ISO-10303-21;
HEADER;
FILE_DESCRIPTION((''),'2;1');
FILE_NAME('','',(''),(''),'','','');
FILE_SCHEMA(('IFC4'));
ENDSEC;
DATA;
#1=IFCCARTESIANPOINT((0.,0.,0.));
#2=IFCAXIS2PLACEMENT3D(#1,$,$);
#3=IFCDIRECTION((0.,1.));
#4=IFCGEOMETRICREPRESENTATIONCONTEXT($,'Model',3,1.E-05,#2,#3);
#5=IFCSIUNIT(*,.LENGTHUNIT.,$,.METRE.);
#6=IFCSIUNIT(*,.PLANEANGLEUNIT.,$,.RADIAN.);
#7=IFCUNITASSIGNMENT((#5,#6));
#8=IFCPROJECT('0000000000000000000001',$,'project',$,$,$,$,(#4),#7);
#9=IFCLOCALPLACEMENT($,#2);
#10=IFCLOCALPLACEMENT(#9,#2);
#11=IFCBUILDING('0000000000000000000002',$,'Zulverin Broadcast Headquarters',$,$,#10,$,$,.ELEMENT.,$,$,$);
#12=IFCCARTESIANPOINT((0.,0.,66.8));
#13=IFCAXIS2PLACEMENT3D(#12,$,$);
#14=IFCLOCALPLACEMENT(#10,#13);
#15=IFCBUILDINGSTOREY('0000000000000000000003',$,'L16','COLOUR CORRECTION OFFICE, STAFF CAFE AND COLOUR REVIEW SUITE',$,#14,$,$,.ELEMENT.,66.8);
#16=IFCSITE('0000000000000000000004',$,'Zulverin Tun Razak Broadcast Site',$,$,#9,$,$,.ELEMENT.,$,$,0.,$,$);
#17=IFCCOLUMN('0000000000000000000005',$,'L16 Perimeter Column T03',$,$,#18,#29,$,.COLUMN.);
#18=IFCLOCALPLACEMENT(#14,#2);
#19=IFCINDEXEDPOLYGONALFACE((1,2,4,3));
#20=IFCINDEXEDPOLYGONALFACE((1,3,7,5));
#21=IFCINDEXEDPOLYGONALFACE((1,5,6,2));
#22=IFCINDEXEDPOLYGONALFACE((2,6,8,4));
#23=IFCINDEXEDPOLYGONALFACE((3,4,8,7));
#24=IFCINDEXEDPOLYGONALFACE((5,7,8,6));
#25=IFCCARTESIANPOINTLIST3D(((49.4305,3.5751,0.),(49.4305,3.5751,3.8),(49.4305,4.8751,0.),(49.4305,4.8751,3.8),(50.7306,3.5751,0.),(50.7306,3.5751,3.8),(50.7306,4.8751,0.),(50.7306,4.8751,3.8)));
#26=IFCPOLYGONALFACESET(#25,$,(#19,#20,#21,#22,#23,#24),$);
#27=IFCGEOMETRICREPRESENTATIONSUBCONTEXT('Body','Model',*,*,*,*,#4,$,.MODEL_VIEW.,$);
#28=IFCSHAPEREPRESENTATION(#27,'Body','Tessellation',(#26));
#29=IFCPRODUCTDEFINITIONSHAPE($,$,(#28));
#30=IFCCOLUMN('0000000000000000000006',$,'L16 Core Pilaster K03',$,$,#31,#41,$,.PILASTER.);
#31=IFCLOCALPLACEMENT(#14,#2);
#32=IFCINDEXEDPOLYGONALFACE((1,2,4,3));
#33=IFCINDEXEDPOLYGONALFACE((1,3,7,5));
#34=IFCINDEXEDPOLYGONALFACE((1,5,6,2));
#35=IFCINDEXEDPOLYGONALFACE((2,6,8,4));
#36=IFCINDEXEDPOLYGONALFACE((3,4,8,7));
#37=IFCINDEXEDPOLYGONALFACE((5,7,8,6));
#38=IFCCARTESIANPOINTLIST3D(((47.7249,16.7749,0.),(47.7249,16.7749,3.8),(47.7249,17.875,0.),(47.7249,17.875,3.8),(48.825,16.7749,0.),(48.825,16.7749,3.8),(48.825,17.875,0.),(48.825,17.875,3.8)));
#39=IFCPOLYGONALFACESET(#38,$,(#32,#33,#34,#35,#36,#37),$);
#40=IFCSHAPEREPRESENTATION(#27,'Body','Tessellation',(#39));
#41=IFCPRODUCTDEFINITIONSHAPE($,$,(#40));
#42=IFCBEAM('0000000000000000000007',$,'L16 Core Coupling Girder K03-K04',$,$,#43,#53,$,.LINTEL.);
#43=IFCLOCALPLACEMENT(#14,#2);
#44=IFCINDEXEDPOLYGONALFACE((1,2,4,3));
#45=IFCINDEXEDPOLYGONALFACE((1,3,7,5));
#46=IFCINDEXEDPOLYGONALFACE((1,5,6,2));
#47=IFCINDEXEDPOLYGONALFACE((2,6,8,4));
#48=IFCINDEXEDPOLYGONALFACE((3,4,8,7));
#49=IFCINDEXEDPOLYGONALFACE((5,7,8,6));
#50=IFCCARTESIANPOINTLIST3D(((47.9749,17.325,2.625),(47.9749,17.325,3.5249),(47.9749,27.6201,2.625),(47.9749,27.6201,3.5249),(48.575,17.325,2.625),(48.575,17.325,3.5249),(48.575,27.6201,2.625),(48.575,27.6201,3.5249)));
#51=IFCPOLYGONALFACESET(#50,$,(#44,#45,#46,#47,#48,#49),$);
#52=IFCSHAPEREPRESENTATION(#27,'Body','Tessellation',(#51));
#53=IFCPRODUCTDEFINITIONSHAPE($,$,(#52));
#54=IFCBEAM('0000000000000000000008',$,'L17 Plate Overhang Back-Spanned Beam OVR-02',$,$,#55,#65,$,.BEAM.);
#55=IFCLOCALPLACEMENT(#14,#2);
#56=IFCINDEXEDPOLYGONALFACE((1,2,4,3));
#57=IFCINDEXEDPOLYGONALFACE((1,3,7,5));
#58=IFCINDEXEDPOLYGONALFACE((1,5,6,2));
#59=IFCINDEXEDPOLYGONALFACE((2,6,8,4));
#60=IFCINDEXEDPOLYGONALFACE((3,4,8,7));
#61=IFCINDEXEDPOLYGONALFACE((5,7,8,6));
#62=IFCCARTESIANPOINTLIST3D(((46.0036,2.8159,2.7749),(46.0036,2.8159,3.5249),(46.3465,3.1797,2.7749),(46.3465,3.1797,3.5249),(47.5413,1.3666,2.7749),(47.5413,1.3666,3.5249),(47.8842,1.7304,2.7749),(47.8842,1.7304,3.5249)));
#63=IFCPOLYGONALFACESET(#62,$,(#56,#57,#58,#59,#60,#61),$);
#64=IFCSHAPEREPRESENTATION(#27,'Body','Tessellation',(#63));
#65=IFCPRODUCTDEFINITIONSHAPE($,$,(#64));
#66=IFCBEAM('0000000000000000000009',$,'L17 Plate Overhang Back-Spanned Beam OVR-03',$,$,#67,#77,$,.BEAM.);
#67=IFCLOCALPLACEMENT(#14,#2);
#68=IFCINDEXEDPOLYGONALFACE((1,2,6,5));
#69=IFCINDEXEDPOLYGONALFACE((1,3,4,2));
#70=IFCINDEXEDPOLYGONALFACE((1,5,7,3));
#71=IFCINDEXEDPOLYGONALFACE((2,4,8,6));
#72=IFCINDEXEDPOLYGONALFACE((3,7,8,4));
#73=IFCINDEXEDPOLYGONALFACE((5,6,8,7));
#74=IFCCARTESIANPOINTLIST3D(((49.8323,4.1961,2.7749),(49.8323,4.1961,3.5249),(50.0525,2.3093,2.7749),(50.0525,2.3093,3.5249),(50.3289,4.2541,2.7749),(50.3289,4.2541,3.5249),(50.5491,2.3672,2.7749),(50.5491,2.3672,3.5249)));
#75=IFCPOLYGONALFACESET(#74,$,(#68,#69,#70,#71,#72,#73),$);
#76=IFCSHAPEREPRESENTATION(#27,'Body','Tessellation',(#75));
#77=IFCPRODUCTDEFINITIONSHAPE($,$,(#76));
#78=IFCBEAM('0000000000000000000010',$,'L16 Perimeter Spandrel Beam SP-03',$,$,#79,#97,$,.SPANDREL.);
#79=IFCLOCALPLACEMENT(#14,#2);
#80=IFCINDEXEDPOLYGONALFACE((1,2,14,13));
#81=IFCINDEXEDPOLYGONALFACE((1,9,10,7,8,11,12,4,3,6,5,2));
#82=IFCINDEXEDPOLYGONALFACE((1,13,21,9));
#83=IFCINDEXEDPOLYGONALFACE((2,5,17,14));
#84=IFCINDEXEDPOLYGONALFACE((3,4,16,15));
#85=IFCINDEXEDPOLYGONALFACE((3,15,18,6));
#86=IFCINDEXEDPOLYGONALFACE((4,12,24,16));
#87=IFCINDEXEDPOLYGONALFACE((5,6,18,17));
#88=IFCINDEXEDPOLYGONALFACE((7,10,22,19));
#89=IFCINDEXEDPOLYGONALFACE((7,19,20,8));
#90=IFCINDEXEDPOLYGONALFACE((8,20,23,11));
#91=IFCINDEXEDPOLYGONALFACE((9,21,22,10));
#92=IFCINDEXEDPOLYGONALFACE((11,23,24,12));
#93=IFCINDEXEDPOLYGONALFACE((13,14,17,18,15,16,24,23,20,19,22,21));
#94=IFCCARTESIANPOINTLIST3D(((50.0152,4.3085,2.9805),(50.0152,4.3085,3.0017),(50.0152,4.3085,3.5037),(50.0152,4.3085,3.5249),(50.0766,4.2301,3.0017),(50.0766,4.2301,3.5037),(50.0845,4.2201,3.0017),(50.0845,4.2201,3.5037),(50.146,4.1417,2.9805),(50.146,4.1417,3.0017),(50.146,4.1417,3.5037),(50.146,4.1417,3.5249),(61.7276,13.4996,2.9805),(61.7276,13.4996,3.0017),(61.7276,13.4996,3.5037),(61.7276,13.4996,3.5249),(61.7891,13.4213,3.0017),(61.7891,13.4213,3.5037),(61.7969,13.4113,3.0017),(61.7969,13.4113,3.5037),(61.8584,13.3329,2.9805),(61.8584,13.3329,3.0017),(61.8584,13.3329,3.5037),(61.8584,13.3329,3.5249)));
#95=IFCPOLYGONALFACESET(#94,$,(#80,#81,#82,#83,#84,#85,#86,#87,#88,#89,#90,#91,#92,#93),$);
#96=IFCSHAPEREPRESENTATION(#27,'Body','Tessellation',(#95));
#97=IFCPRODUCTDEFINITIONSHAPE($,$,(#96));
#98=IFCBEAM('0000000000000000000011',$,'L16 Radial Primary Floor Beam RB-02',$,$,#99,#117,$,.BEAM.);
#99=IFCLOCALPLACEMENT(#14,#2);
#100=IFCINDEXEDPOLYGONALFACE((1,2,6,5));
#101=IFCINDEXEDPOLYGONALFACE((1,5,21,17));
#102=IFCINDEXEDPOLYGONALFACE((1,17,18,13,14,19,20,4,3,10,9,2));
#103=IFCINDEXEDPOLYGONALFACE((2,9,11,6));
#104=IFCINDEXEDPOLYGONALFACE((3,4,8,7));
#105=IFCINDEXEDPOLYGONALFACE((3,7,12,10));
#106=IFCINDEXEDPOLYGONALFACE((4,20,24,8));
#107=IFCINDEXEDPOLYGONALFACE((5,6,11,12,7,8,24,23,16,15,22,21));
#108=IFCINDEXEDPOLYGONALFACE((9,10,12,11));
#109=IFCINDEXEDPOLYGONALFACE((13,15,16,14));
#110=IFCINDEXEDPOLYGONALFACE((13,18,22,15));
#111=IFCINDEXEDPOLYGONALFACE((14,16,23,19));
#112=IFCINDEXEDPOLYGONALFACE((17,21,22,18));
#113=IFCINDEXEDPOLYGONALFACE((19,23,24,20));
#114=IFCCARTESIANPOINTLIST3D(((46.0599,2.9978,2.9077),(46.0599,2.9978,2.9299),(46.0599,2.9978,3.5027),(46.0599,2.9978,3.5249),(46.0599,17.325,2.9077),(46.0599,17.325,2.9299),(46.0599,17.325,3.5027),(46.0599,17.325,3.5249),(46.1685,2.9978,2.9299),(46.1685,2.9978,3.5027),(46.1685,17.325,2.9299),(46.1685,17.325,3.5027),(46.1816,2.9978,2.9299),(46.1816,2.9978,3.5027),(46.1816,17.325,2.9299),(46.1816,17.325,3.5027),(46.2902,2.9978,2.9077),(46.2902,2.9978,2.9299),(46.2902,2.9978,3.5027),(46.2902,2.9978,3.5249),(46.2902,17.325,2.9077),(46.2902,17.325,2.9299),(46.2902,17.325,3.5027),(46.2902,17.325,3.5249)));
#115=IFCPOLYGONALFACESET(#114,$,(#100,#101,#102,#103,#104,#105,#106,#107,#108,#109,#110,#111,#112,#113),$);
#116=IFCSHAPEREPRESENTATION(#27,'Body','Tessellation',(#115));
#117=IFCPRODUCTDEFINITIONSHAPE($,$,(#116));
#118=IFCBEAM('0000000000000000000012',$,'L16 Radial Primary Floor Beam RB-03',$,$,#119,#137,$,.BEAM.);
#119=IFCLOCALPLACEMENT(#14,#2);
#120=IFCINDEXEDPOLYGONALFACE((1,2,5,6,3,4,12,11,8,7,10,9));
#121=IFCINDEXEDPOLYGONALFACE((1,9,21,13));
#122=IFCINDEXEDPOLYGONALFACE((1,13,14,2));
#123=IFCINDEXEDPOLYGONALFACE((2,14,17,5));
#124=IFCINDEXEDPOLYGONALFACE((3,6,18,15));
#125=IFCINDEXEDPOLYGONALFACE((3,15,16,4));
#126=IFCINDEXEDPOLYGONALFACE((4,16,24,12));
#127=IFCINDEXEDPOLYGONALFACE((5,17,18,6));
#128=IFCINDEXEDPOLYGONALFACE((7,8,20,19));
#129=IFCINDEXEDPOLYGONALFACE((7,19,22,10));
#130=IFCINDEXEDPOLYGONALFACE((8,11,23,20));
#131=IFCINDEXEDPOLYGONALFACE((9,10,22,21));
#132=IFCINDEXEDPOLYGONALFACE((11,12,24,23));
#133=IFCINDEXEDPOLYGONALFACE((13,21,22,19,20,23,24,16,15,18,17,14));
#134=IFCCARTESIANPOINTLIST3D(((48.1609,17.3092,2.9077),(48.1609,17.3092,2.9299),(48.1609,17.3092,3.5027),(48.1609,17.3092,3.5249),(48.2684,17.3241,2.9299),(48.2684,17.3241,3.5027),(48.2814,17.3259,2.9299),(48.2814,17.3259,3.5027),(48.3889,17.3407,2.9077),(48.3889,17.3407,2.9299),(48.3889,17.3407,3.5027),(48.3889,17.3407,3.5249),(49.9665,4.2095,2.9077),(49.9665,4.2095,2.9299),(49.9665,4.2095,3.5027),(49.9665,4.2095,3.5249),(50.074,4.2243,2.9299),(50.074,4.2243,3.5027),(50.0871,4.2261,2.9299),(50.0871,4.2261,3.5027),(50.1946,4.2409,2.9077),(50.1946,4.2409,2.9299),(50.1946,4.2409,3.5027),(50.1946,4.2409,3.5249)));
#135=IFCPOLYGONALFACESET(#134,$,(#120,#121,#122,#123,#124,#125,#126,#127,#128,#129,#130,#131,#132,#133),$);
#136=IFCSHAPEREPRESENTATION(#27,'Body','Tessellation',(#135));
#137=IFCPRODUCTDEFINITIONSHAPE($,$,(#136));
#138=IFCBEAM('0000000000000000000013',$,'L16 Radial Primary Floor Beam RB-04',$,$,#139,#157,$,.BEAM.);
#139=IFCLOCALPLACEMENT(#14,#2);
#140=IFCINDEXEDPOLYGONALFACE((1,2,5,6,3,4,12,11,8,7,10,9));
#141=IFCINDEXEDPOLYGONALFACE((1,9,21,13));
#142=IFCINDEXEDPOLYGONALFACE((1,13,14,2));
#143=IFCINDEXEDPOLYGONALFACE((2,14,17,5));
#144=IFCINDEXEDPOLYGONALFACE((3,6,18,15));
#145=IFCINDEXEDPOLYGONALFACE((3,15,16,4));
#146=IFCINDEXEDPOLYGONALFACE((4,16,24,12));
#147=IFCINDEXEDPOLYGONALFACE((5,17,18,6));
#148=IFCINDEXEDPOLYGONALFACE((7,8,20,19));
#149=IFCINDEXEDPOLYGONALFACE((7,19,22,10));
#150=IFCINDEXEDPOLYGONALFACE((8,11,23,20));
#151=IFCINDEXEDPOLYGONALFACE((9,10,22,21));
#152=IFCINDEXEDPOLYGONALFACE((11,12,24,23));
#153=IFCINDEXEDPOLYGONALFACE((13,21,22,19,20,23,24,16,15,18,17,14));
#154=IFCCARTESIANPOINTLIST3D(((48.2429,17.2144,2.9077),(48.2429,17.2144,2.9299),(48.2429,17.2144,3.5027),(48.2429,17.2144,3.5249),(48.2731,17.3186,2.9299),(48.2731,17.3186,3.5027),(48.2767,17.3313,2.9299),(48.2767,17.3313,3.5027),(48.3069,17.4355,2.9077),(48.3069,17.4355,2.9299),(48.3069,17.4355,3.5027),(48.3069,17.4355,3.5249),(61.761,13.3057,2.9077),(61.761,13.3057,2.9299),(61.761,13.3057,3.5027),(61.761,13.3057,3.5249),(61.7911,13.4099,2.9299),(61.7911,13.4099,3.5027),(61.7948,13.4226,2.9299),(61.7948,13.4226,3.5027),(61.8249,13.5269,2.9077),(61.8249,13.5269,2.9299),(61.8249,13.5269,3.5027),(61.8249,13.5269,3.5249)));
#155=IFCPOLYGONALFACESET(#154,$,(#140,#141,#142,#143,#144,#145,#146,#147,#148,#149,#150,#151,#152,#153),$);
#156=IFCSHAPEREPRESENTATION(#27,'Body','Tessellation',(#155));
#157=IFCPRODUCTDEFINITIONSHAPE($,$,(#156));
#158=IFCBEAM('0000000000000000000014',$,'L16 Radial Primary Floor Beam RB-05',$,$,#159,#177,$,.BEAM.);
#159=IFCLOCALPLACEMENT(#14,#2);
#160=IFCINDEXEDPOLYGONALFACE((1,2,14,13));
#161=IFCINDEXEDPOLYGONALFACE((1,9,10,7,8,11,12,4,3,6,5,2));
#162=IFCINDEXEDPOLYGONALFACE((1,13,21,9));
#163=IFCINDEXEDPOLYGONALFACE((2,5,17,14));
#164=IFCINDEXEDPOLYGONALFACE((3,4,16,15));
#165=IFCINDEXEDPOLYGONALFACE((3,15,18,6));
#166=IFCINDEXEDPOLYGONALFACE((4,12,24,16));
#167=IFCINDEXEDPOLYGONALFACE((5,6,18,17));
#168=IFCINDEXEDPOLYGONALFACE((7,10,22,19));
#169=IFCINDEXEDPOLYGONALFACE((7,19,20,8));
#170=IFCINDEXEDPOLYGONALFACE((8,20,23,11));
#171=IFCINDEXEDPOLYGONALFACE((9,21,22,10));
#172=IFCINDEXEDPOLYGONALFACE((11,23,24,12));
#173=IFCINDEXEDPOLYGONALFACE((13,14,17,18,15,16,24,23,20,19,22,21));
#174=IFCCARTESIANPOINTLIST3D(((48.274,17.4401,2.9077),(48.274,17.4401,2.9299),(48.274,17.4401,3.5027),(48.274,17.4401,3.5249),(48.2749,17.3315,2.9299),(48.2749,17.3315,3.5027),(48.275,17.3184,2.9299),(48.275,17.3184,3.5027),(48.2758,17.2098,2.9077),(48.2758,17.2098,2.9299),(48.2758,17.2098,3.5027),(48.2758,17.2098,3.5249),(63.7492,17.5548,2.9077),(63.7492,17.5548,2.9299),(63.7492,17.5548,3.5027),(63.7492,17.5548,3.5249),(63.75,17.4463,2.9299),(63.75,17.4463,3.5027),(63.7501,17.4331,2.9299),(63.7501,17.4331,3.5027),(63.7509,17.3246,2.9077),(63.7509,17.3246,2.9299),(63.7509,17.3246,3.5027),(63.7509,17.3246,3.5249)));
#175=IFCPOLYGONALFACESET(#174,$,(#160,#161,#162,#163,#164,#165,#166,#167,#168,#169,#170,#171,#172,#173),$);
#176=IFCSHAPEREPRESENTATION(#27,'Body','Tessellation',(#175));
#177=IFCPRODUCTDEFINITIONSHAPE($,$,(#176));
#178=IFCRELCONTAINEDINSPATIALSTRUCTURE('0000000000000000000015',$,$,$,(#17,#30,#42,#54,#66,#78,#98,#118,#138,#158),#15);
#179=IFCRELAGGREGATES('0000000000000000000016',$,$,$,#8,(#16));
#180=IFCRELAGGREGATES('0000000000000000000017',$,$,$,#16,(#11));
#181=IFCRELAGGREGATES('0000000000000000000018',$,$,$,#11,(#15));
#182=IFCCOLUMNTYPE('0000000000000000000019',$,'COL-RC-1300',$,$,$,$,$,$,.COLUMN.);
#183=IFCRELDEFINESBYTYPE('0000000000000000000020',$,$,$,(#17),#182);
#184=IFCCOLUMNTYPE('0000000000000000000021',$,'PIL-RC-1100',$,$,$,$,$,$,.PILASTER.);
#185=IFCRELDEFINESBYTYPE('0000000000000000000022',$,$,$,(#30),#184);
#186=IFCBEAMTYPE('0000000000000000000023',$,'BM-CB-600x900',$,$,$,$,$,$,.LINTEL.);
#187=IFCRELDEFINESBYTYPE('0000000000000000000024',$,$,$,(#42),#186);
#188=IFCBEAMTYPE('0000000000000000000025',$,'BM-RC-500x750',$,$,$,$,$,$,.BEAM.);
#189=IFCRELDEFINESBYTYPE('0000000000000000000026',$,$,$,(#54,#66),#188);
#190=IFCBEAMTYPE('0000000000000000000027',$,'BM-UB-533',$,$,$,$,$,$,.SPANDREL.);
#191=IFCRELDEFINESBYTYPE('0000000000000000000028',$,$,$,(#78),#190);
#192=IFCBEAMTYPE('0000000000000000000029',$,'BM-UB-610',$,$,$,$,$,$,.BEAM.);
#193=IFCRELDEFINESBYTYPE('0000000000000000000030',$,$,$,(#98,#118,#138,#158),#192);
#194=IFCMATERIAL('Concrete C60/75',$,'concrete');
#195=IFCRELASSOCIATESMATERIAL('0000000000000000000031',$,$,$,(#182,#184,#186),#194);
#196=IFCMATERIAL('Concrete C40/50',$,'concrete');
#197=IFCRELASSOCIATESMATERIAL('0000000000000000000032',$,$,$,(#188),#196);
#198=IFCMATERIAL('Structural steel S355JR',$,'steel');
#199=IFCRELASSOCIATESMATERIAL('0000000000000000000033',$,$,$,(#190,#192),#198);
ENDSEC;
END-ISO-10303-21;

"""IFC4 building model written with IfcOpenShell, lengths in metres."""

from ifc_helpers import new_model, si_unit, direction, frame, origin, origin_2d, place, context, subcontext, project, spatial, rectangle, i_section, extrude, material, material_profile, profile_set, type_object, element, save


model = new_model("IFC4")

# Units and contexts
model_context = context("Model", 3, precision=1e-05, world=origin(), true_north=direction((0.0, 1.0)))
body_context = subcontext(model_context, "Body", "Model", "MODEL_VIEW")
ifc_project = project(units=[si_unit("LENGTHUNIT", "METRE"), si_unit("PLANEANGLEUNIT", "RADIAN")], contexts=[model_context])

# Site, building, storey
site_placement = place(None, origin())
site = spatial("IfcSite", under=ifc_project, at=site_placement, Name="Zulverin Tun Razak Broadcast Site", CompositionType="ELEMENT", RefElevation=0.0)
building_placement = place(site_placement, origin())
building = spatial("IfcBuilding", under=site, at=building_placement, Name="Zulverin Broadcast Headquarters", CompositionType="ELEMENT")
storey_placement = place(building_placement, frame((0.0, 0.0, 66.8)))
storey = spatial("IfcBuildingStorey", under=building, at=storey_placement, Name="L16", Description="COLOUR CORRECTION OFFICE, STAFF CAFE AND COLOUR REVIEW SUITE", CompositionType="ELEMENT", Elevation=66.8)

# Columns
ifc_material_1 = material(Name="Concrete C60/75", Category="concrete")
ifc_material_profile_1 = material_profile(ifc_material_1, rectangle(XDim=1.3, YDim=1.3, at=origin_2d()), Name="Concrete C60/75", Category="concrete")
ifc_profile_set_1 = profile_set([ifc_material_profile_1], Name="Concrete C60/75")
column_type_1 = type_object("IfcColumnType", Name="COL-RC-1300", PredefinedType="COLUMN", material=ifc_profile_set_1)
column_1_placement = place(storey_placement, frame((50.0806, 4.2251, 0.0), z_axis=(0.0, 0.0, 1.0), x_axis=(1.0, 0.0, 0.0)))
element("IfcColumn", 1, at=column_1_placement, inside=storey, type_object=column_type_1, Name="L16 Perimeter Column T03", PredefinedType="COLUMN", context=body_context, shape_type="SweptSolid", body=[
    extrude(rectangle(XDim=1.3, YDim=1.3, at=origin_2d()), origin(), (0.0, 0.0, 1.0), 3.8),
])
ifc_material_profile_2 = material_profile(ifc_material_1, rectangle(XDim=1.1001, YDim=1.1001, at=origin_2d()), Name="Concrete C60/75", Category="concrete")
ifc_profile_set_2 = profile_set([ifc_material_profile_2], Name="Concrete C60/75")
column_type_2 = type_object("IfcColumnType", Name="PIL-RC-1100", PredefinedType="PILASTER", material=ifc_profile_set_2)
column_2_placement = place(storey_placement, frame((48.2749, 17.325, 0.0), z_axis=(0.0, 0.0, 1.0), x_axis=(1.0, 0.0, 0.0)))
element("IfcColumn", 2, at=column_2_placement, inside=storey, type_object=column_type_2, Name="L16 Core Pilaster K03", PredefinedType="PILASTER", context=body_context, shape_type="SweptSolid", body=[
    extrude(rectangle(XDim=1.1001, YDim=1.1001, at=origin_2d()), origin(), (0.0, 0.0, 1.0), 3.8),
])

# Beams
ifc_material_profile_3 = material_profile(ifc_material_1, rectangle(XDim=0.6001, YDim=0.8999, at=origin_2d()), Name="Concrete C60/75", Category="concrete")
ifc_profile_set_3 = profile_set([ifc_material_profile_3], Name="Concrete C60/75")
beam_type_1 = type_object("IfcBeamType", Name="BM-CB-600x900", PredefinedType="LINTEL", material=ifc_profile_set_3)
beam_1_placement = place(storey_placement, frame((48.2749, 17.325, 3.075), z_axis=(0.0, 1.0, 0.0), x_axis=(-1.0, 0.0, 0.0)))
element("IfcBeam", 3, at=beam_1_placement, inside=storey, type_object=beam_type_1, Name="L16 Core Coupling Girder K03-K04", PredefinedType="LINTEL", context=body_context, shape_type="SweptSolid", body=[
    extrude(rectangle(XDim=0.6001, YDim=0.8999, at=origin_2d()), origin(), (0.0, 0.0, 1.0), 10.2952),
])
ifc_material_2 = material(Name="Concrete C40/50", Category="concrete")
ifc_material_profile_4 = material_profile(ifc_material_2, rectangle(XDim=0.5, YDim=0.75, at=origin_2d()), Name="Concrete C40/50", Category="concrete")
ifc_profile_set_4 = profile_set([ifc_material_profile_4], Name="Concrete C40/50")
beam_type_2 = type_object("IfcBeamType", Name="BM-RC-500x750", PredefinedType="BEAM", material=ifc_profile_set_4)
beam_2_placement = place(storey_placement, frame((46.175, 2.9978, 3.1499), z_axis=(0.727711, -0.685884, 0.0), x_axis=(0.685884, 0.727711, 0.0)))
element("IfcBeam", 4, at=beam_2_placement, inside=storey, type_object=beam_type_2, Name="L17 Plate Overhang Back-Spanned Beam OVR-02", PredefinedType="BEAM", context=body_context, shape_type="SweptSolid", body=[
    extrude(rectangle(XDim=0.5, YDim=0.75, at=origin_2d()), origin(), (0.0, 0.0, 1.0), 2.113),
])
beam_3_placement = place(storey_placement, frame((50.0806, 4.2251, 3.1499), z_axis=(0.115917, -0.993259, 0.0), x_axis=(0.993259, 0.115917, 0.0)))
element("IfcBeam", 5, at=beam_3_placement, inside=storey, type_object=beam_type_2, Name="L17 Plate Overhang Back-Spanned Beam OVR-03", PredefinedType="BEAM", context=body_context, shape_type="SweptSolid", body=[
    extrude(rectangle(XDim=0.5, YDim=0.75, at=origin_2d()), origin(), (0.0, 0.0, 1.0), 1.8997),
])
ifc_material_3 = material(Name="Structural steel S355JR", Category="steel")
ifc_material_profile_5 = material_profile(ifc_material_3, i_section(OverallWidth=0.2119, OverallDepth=0.5444, WebThickness=0.0127, FlangeThickness=0.0212, at=origin_2d()), Name="Structural steel S355JR", Category="steel")
ifc_profile_set_5 = profile_set([ifc_material_profile_5], Name="Structural steel S355JR")
beam_type_3 = type_object("IfcBeamType", Name="BM-UB-533", PredefinedType="SPANDREL", material=ifc_profile_set_5)
beam_4_placement = place(storey_placement, frame((50.0806, 4.2251, 3.2527), z_axis=(0.786691, 0.617346, 0.0), x_axis=(-0.617346, 0.786691, 0.0)))
element("IfcBeam", 6, at=beam_4_placement, inside=storey, type_object=beam_type_3, Name="L16 Perimeter Spandrel Beam SP-03", PredefinedType="SPANDREL", context=body_context, shape_type="SweptSolid", body=[
    extrude(i_section(OverallWidth=0.2119, OverallDepth=0.5444, WebThickness=0.0127, FlangeThickness=0.0212, at=origin_2d()), origin(), (0.0, 0.0, 1.0), 14.8882),
])
ifc_material_profile_6 = material_profile(ifc_material_3, i_section(OverallWidth=0.2302, OverallDepth=0.6172, WebThickness=0.0132, FlangeThickness=0.0222, at=origin_2d()), Name="Structural steel S355JR", Category="steel")
ifc_profile_set_6 = profile_set([ifc_material_profile_6], Name="Structural steel S355JR")
beam_type_4 = type_object("IfcBeamType", Name="BM-UB-610", PredefinedType="BEAM", material=ifc_profile_set_6)
beam_5_placement = place(storey_placement, frame((46.175, 17.325, 3.2163), z_axis=(0.0, -1.0, 0.0), x_axis=(1.0, 0.0, 0.0)))
element("IfcBeam", 7, at=beam_5_placement, inside=storey, type_object=beam_type_4, Name="L16 Radial Primary Floor Beam RB-02", PredefinedType="BEAM", context=body_context, shape_type="SweptSolid", body=[
    extrude(i_section(OverallWidth=0.2302, OverallDepth=0.6172, WebThickness=0.0132, FlangeThickness=0.0222, at=origin_2d()), origin(), (0.0, 0.0, 1.0), 14.3271),
])
beam_6_placement = place(storey_placement, frame((48.2749, 17.325, 3.2163), z_axis=(0.136547, -0.990634, 0.0), x_axis=(0.990634, 0.136547, 0.0)))
element("IfcBeam", 8, at=beam_6_placement, inside=storey, type_object=beam_type_4, Name="L16 Radial Primary Floor Beam RB-03", PredefinedType="BEAM", context=body_context, shape_type="SweptSolid", body=[
    extrude(i_section(OverallWidth=0.2302, OverallDepth=0.6172, WebThickness=0.0132, FlangeThickness=0.0222, at=origin_2d()), origin(), (0.0, 0.0, 1.0), 13.2236),
])
beam_7_placement = place(storey_placement, frame((48.2749, 17.325, 3.2163), z_axis=(0.960648, -0.277767, 0.0), x_axis=(0.277767, 0.960648, 0.0)))
element("IfcBeam", 9, at=beam_7_placement, inside=storey, type_object=beam_type_4, Name="L16 Radial Primary Floor Beam RB-04", PredefinedType="BEAM", context=body_context, shape_type="SweptSolid", body=[
    extrude(i_section(OverallWidth=0.2302, OverallDepth=0.6172, WebThickness=0.0132, FlangeThickness=0.0222, at=origin_2d()), origin(), (0.0, 0.0, 1.0), 14.0718),
])
beam_8_placement = place(storey_placement, frame((48.2749, 17.325, 3.2163), z_axis=(0.999973, 0.007415, 0.0), x_axis=(-0.007415, 0.999973, 0.0)))
element("IfcBeam", 10, at=beam_8_placement, inside=storey, type_object=beam_type_4, Name="L16 Radial Primary Floor Beam RB-05", PredefinedType="BEAM", context=body_context, shape_type="SweptSolid", body=[
    extrude(i_section(OverallWidth=0.2302, OverallDepth=0.6172, WebThickness=0.0132, FlangeThickness=0.0222, at=origin_2d()), origin(), (0.0, 0.0, 1.0), 15.4756),
])

save(model, "model.ifc")
